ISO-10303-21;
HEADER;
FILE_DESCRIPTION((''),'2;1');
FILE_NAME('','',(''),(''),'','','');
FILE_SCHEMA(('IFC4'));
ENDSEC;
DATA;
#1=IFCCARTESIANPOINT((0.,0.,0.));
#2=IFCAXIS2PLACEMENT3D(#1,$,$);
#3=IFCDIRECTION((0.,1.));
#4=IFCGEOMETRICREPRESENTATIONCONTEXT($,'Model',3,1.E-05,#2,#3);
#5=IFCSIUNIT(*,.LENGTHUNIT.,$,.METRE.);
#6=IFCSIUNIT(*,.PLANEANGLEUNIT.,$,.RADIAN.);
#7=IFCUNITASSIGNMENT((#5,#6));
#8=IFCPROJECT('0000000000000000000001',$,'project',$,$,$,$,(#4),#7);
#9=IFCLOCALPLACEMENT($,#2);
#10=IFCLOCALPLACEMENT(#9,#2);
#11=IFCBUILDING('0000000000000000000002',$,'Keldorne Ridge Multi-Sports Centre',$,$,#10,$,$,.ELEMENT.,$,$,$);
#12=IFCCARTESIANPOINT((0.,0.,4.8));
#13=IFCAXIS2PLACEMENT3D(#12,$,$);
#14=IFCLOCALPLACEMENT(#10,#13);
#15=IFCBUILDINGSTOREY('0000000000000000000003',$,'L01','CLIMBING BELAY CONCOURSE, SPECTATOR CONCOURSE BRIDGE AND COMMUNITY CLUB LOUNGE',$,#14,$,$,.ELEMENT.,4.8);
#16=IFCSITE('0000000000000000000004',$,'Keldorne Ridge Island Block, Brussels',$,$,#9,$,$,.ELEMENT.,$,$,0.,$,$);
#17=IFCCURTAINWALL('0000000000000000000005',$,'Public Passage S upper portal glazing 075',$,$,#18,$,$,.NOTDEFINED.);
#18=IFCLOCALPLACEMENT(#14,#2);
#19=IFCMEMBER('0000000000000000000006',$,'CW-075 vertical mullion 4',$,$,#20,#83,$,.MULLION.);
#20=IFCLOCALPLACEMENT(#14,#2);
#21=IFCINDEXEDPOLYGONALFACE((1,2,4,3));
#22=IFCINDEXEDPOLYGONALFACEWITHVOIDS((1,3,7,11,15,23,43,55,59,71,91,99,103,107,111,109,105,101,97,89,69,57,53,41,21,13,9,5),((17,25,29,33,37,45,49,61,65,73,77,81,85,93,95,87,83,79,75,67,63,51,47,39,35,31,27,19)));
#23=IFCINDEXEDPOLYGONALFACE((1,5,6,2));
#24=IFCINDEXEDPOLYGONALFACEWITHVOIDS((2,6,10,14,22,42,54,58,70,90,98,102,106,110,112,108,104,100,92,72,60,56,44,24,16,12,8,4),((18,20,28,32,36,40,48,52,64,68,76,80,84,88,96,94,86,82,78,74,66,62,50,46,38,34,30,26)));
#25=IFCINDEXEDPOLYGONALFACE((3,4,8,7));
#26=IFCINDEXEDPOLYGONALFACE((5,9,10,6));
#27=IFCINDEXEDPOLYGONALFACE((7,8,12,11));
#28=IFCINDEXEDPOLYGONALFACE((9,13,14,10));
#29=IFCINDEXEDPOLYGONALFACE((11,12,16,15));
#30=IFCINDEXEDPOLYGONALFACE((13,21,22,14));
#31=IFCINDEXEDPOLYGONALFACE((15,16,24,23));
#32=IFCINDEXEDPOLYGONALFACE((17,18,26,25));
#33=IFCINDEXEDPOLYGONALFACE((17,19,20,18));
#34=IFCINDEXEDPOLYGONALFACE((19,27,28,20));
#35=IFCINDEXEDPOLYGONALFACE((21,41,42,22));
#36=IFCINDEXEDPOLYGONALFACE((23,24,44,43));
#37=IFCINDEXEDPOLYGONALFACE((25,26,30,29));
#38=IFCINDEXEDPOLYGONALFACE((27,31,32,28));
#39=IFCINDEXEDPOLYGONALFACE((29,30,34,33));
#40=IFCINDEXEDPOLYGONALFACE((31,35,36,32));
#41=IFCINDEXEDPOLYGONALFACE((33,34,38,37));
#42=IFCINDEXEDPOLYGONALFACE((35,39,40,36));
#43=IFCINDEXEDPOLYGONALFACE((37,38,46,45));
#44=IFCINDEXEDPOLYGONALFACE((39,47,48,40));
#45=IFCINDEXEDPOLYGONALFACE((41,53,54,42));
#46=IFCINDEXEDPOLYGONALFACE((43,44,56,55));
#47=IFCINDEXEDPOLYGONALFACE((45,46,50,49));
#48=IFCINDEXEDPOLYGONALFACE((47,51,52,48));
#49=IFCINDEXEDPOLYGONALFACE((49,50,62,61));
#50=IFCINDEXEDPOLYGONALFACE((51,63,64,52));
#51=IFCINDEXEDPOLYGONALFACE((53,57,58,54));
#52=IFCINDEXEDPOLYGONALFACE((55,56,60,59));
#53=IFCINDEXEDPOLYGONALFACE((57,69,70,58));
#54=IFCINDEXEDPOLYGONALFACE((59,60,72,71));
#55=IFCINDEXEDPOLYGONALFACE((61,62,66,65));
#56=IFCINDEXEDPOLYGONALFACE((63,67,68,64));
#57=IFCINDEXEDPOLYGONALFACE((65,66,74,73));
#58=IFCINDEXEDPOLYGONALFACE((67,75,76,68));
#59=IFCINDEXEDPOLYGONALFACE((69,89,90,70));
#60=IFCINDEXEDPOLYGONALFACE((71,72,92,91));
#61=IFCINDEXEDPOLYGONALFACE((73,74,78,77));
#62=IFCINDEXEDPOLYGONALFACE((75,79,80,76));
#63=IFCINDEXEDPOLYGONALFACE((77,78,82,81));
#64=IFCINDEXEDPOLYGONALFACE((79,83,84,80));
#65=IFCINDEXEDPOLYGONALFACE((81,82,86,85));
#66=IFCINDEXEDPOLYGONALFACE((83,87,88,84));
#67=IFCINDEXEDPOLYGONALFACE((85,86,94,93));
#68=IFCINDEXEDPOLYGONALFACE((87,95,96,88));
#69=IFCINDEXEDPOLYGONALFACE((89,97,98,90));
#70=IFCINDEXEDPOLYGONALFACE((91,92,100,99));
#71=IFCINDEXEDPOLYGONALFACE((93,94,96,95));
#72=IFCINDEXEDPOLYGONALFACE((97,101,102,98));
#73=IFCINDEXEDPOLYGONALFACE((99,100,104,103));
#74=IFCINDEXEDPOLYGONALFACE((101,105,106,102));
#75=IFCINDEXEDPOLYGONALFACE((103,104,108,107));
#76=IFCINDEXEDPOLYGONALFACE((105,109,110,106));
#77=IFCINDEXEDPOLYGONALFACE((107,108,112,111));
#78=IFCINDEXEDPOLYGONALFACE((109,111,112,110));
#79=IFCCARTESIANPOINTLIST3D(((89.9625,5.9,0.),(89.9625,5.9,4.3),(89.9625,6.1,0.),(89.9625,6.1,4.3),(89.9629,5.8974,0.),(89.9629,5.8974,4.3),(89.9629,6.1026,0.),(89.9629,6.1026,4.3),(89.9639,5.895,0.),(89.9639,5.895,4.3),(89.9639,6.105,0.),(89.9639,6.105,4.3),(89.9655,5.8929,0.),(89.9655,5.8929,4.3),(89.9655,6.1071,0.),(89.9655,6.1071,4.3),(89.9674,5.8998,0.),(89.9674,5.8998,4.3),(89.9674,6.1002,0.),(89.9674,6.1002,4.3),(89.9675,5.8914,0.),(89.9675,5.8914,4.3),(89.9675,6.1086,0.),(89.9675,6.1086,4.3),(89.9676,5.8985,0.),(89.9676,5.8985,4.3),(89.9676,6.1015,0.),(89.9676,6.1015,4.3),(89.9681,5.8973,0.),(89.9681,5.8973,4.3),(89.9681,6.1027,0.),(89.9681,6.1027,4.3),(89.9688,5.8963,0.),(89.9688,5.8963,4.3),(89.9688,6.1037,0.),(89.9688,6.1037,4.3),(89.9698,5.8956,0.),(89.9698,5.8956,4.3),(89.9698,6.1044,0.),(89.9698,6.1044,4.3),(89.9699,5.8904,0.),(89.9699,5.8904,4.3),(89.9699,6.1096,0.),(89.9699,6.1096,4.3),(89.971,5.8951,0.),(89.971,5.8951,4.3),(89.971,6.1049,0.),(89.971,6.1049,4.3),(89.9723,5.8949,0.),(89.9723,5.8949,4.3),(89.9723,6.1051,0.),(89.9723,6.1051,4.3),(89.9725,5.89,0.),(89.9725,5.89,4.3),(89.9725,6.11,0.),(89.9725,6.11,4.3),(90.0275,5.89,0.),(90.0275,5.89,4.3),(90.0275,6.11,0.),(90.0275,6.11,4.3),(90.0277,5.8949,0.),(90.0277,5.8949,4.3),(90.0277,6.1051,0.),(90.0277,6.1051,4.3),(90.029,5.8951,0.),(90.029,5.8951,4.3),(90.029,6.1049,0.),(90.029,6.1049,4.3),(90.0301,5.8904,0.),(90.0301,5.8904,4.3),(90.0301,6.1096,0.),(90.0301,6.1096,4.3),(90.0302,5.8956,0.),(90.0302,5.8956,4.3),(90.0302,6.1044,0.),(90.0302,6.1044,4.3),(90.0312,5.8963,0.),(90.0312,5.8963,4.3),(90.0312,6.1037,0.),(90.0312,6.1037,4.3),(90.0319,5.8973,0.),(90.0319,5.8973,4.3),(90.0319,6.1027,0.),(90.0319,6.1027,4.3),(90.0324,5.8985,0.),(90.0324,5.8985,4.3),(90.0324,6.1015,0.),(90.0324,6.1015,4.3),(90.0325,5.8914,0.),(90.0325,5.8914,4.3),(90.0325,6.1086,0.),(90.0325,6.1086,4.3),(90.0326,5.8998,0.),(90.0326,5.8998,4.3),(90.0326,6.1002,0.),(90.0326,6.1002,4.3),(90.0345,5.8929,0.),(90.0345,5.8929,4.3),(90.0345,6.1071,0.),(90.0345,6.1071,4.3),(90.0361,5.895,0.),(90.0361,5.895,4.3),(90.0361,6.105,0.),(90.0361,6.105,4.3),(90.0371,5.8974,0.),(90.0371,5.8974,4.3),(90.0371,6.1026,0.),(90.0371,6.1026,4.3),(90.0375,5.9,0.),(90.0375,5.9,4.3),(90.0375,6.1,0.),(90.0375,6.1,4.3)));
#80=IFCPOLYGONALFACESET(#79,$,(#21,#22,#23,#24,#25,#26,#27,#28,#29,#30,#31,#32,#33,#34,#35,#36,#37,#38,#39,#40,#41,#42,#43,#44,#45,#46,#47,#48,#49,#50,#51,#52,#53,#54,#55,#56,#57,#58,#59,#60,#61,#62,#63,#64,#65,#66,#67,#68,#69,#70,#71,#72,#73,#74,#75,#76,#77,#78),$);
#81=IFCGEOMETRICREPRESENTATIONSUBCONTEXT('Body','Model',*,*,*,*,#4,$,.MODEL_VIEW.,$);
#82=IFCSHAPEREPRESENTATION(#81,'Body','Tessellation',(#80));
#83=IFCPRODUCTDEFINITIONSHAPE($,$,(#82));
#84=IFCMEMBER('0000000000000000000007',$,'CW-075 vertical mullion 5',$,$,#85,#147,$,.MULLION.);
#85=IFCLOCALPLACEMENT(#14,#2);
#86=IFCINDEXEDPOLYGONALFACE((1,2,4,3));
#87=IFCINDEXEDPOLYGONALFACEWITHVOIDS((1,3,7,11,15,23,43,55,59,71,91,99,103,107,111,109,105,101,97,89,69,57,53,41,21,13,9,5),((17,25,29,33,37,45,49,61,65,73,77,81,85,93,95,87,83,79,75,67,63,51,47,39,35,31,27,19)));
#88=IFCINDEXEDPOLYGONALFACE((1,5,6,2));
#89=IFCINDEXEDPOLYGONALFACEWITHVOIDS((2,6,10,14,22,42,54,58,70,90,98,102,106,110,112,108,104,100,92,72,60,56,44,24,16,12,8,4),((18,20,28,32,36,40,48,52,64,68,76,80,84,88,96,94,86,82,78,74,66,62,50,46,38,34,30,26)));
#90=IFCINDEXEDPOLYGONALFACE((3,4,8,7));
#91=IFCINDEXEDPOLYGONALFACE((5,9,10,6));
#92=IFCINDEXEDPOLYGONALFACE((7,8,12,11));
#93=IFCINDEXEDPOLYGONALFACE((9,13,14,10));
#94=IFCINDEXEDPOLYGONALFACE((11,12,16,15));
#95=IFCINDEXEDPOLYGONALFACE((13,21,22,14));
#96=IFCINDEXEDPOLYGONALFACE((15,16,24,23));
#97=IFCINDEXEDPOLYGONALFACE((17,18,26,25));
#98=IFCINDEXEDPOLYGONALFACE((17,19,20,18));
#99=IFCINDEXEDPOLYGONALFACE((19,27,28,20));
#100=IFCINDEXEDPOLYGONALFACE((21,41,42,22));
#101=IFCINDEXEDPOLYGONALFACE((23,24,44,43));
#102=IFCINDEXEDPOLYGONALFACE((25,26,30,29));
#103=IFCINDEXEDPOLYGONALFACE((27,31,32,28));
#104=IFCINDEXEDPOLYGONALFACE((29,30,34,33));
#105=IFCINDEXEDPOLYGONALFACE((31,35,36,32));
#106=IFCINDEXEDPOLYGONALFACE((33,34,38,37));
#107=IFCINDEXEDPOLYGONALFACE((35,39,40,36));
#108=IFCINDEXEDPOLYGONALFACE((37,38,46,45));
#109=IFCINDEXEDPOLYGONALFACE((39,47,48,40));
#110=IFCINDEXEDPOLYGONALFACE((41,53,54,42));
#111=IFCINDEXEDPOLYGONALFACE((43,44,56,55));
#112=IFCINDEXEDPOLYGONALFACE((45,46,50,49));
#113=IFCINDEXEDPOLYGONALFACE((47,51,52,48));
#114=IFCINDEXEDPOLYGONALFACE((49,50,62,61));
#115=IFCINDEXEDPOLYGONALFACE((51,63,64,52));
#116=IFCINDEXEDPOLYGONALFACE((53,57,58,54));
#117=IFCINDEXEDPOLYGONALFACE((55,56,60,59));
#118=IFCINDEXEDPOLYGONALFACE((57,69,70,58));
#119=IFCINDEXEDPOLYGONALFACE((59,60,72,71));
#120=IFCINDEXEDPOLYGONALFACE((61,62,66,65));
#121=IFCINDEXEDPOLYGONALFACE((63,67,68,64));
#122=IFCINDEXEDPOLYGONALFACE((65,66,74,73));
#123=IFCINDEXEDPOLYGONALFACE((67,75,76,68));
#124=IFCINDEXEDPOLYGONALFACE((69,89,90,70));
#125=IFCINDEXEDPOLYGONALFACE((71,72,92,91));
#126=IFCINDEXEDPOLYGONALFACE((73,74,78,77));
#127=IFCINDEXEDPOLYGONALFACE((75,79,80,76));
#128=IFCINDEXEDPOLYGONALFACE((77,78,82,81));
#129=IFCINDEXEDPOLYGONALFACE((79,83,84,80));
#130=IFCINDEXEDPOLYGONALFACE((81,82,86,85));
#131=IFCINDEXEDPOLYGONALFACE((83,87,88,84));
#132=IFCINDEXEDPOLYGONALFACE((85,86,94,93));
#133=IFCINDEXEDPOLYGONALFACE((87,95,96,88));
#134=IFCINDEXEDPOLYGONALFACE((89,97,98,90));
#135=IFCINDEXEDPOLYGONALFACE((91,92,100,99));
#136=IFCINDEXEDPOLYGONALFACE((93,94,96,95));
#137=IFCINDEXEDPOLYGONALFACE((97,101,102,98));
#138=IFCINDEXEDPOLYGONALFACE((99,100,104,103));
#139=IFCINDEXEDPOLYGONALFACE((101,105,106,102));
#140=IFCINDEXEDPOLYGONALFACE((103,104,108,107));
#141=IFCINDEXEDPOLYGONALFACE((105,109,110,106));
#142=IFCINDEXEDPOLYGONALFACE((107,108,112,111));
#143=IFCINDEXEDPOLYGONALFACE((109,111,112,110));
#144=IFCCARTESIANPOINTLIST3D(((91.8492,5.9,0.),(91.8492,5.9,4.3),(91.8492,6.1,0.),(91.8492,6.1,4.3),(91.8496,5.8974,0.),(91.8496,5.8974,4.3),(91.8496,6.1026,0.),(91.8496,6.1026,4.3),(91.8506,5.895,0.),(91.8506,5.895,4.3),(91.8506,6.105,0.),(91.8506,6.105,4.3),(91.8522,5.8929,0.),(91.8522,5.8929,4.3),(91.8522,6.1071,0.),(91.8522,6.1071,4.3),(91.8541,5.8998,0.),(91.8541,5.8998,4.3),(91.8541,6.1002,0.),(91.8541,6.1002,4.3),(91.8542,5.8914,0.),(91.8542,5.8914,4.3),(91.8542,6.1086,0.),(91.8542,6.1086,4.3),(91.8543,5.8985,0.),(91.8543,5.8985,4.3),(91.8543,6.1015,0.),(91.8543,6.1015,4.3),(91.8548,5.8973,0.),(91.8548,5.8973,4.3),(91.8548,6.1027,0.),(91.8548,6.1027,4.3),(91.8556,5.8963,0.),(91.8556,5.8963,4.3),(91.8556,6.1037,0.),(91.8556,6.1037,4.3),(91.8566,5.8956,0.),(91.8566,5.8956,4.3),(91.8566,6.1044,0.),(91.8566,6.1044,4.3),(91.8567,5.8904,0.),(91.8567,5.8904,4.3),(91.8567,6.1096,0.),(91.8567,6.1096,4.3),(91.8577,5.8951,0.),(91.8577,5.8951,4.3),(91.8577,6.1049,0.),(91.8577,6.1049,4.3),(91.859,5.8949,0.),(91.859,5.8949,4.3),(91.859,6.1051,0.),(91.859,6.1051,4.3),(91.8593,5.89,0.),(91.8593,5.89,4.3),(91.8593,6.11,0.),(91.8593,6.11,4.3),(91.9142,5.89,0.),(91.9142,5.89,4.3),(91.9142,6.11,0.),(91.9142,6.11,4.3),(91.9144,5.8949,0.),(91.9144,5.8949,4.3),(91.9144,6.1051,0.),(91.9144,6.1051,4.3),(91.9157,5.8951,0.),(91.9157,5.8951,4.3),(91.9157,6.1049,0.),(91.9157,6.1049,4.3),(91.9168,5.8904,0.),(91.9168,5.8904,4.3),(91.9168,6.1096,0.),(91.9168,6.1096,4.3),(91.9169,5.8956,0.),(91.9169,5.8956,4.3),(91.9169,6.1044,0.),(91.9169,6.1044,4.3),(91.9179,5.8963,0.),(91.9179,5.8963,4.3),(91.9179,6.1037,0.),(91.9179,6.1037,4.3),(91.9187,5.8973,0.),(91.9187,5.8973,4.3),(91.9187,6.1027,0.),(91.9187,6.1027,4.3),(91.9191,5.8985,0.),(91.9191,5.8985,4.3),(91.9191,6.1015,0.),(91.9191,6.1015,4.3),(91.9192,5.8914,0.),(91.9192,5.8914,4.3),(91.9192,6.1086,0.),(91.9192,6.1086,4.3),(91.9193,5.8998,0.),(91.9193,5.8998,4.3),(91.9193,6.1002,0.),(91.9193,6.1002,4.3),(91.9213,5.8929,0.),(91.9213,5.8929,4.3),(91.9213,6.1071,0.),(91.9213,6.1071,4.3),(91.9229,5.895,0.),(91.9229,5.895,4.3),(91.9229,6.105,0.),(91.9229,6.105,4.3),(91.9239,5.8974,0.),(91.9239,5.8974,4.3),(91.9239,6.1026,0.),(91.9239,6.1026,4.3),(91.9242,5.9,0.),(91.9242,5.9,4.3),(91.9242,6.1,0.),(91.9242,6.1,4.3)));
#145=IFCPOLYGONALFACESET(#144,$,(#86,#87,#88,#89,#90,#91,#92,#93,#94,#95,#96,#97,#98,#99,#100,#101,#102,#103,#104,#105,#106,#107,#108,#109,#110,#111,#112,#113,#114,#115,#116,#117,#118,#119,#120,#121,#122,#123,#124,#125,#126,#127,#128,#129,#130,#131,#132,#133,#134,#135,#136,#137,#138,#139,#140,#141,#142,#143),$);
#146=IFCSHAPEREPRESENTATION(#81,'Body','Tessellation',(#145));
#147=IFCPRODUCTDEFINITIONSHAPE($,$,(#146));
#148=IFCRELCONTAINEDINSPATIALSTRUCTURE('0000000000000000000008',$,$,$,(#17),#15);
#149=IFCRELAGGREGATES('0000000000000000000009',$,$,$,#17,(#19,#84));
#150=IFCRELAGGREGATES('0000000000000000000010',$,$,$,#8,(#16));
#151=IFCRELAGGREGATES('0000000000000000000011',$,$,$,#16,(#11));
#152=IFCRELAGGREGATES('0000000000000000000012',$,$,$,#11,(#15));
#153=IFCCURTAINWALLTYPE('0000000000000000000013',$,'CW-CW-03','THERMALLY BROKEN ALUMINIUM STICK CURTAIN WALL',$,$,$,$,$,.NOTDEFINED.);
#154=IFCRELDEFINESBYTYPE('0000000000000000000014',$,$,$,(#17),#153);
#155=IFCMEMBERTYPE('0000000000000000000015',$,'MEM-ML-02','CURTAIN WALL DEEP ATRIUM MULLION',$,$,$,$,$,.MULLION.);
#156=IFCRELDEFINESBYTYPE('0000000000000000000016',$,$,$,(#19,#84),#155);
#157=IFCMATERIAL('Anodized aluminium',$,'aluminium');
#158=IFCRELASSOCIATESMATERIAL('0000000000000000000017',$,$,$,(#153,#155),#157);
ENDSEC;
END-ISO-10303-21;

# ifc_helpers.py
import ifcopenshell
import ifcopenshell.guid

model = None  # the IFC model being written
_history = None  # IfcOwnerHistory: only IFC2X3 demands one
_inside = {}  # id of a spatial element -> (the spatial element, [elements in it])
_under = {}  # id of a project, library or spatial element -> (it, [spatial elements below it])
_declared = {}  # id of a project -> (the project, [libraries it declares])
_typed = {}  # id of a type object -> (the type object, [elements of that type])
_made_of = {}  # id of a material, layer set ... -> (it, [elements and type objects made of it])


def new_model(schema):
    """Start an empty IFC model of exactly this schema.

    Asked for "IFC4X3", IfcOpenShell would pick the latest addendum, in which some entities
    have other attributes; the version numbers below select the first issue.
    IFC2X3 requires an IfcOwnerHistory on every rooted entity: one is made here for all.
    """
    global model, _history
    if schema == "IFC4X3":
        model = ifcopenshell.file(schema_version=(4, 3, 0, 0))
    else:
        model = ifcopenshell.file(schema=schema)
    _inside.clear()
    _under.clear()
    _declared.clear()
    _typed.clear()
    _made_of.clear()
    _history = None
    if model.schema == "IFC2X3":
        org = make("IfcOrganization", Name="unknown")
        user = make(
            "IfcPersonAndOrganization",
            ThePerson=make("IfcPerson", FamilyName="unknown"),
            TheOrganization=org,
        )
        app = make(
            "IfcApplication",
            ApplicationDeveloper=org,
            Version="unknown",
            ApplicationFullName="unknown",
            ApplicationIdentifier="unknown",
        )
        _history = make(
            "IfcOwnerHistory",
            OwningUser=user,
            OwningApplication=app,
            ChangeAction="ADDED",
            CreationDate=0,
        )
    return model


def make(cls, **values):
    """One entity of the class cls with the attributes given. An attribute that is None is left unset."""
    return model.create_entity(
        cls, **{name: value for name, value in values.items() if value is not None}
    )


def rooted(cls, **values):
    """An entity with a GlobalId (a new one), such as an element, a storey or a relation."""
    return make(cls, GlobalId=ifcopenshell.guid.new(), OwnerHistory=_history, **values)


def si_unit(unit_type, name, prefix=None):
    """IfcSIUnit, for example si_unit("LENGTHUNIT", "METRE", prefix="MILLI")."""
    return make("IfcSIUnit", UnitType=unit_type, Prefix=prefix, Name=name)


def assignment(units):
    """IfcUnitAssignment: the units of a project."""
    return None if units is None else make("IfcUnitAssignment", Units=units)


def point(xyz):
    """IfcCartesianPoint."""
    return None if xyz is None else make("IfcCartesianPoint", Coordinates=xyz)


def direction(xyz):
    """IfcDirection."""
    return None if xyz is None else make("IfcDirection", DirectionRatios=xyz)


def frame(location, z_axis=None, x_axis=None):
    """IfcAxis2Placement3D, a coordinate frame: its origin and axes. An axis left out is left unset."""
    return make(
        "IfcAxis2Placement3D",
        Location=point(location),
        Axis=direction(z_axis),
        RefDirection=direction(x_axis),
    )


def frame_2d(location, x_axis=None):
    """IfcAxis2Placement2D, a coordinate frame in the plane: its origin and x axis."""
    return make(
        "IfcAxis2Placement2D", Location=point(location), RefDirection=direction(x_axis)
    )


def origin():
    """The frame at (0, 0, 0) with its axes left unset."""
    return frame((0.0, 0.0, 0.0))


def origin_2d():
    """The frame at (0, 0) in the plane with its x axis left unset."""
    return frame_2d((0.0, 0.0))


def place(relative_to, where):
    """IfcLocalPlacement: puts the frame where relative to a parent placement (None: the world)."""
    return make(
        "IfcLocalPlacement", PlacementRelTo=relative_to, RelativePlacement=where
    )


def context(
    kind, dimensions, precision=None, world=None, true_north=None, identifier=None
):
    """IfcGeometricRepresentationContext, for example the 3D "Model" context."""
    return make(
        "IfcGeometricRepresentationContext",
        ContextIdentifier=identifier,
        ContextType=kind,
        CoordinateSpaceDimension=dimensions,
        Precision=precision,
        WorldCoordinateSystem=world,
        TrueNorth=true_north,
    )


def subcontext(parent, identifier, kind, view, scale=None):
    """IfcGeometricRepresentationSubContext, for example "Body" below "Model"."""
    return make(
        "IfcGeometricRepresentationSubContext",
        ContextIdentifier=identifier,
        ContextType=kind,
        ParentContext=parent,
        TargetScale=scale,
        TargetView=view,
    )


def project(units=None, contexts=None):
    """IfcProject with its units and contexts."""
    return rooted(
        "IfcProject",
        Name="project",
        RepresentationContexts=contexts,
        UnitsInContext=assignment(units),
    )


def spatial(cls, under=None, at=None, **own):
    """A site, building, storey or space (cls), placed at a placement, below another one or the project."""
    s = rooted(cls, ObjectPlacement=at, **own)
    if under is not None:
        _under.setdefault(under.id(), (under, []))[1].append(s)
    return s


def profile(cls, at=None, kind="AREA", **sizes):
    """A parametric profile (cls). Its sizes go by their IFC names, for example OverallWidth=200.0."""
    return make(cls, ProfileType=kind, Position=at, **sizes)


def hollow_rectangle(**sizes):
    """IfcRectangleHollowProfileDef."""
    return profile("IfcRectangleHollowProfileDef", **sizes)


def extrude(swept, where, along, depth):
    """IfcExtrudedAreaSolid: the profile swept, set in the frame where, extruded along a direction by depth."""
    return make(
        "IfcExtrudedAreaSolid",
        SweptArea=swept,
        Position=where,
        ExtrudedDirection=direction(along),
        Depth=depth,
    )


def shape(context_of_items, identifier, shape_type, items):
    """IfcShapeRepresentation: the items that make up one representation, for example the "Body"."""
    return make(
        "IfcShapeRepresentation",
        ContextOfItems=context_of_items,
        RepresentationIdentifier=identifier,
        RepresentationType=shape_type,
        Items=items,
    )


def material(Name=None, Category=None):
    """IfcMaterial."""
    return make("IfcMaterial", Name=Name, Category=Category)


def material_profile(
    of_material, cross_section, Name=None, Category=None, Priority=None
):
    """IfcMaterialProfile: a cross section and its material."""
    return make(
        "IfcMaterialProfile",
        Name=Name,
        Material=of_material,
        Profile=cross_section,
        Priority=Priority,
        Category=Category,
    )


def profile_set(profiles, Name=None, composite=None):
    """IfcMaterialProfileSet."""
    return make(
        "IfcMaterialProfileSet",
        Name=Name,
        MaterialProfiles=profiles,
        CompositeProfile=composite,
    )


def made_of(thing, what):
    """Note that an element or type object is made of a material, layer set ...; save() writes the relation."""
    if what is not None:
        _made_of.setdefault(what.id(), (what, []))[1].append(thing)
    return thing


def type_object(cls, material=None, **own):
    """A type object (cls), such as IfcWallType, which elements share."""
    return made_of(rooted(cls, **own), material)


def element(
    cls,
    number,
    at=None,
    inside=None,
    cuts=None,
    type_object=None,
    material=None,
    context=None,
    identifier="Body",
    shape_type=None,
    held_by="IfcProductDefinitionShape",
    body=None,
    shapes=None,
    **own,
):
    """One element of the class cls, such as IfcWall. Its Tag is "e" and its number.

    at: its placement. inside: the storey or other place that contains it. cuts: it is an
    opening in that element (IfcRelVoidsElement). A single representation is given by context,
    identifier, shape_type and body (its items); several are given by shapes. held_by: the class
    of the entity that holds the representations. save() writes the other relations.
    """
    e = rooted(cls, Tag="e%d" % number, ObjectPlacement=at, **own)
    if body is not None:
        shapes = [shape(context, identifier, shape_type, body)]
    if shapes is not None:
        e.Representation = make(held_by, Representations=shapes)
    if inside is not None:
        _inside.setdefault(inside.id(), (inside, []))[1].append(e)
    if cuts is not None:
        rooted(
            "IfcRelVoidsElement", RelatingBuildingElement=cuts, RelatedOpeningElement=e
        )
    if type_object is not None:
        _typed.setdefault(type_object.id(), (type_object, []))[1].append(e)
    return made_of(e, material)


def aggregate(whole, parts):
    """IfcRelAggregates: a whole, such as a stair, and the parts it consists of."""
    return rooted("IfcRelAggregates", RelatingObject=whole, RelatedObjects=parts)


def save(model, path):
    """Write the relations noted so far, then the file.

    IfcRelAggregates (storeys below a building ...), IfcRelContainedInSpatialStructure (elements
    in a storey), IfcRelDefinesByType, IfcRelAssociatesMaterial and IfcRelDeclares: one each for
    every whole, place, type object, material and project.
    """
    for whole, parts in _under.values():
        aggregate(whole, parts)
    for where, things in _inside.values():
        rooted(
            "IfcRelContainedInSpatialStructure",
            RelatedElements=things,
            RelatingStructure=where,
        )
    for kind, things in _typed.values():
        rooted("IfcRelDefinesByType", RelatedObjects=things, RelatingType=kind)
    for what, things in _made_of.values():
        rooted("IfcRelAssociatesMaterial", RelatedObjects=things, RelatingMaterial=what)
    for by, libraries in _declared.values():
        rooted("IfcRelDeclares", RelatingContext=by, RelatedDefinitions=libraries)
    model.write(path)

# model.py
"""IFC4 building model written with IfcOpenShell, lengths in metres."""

from ifc_helpers import new_model, si_unit, direction, frame, origin, origin_2d, place, context, subcontext, project, spatial, hollow_rectangle, extrude, material, material_profile, profile_set, type_object, element, aggregate, save


model = new_model("IFC4")

# Units and contexts
model_context = context("Model", 3, precision=1e-05, world=origin(), true_north=direction((0.0, 1.0)))
body_context = subcontext(model_context, "Body", "Model", "MODEL_VIEW")
ifc_project = project(units=[si_unit("LENGTHUNIT", "METRE"), si_unit("PLANEANGLEUNIT", "RADIAN")], contexts=[model_context])

# Site, building, storey
site_placement = place(None, origin())
site = spatial("IfcSite", under=ifc_project, at=site_placement, Name="Keldorne Ridge Island Block, Brussels", CompositionType="ELEMENT", RefElevation=0.0)
building_placement = place(site_placement, origin())
building = spatial("IfcBuilding", under=site, at=building_placement, Name="Keldorne Ridge Multi-Sports Centre", CompositionType="ELEMENT")
storey_placement = place(building_placement, frame((0.0, 0.0, 4.8)))
storey = spatial("IfcBuildingStorey", under=building, at=storey_placement, Name="L01", Description="CLIMBING BELAY CONCOURSE, SPECTATOR CONCOURSE BRIDGE AND COMMUNITY CLUB LOUNGE", CompositionType="ELEMENT", Elevation=4.8)

# Curtain wall, members
ifc_material_1 = material(Name="Anodized aluminium", Category="aluminium")
curtain_wall_type = type_object("IfcCurtainWallType", Name="CW-CW-03", Description="THERMALLY BROKEN ALUMINIUM STICK CURTAIN WALL", PredefinedType="NOTDEFINED", material=ifc_material_1)
curtain_wall_placement = place(storey_placement, origin())
curtain_wall = element("IfcCurtainWall", 1, at=curtain_wall_placement, inside=storey, type_object=curtain_wall_type, Name="Public Passage S upper portal glazing 075", PredefinedType="NOTDEFINED")
ifc_material_profile_1 = material_profile(ifc_material_1, hollow_rectangle(XDim=0.075, YDim=0.22, WallThickness=0.0049, InnerFilletRadius=0.0049, OuterFilletRadius=0.01, at=origin_2d()), Name="ALU MULLION 220x75x5")
ifc_profile_set_1 = profile_set([ifc_material_profile_1], Name="Anodized aluminium")
member_type_1 = type_object("IfcMemberType", Name="MEM-ML-02", Description="CURTAIN WALL DEEP ATRIUM MULLION", PredefinedType="MULLION", material=ifc_profile_set_1)
member_1_placement = place(storey_placement, frame((90.0, 6.0, 0.0), z_axis=(0.0, 0.0, 1.0), x_axis=(1.0, 0.0, 0.0)))
member_1 = element("IfcMember", 2, at=member_1_placement, type_object=member_type_1, Name="CW-075 vertical mullion 4", PredefinedType="MULLION", context=body_context, shape_type="SweptSolid", body=[
    extrude(hollow_rectangle(XDim=0.075, YDim=0.22, WallThickness=0.0049, InnerFilletRadius=0.0049, OuterFilletRadius=0.01, at=origin_2d()), origin(), (0.0, 0.0, 1.0), 4.3),
])
member_2_placement = place(storey_placement, frame((91.8867, 6.0, 0.0), z_axis=(0.0, 0.0, 1.0), x_axis=(1.0, 0.0, 0.0)))
member_2 = element("IfcMember", 3, at=member_2_placement, type_object=member_type_1, Name="CW-075 vertical mullion 5", PredefinedType="MULLION", context=body_context, shape_type="SweptSolid", body=[
    extrude(hollow_rectangle(XDim=0.075, YDim=0.22, WallThickness=0.0049, InnerFilletRadius=0.0049, OuterFilletRadius=0.01, at=origin_2d()), origin(), (0.0, 0.0, 1.0), 4.3),
])
aggregate(curtain_wall, [member_1, member_2])

save(model, "model.ifc")
